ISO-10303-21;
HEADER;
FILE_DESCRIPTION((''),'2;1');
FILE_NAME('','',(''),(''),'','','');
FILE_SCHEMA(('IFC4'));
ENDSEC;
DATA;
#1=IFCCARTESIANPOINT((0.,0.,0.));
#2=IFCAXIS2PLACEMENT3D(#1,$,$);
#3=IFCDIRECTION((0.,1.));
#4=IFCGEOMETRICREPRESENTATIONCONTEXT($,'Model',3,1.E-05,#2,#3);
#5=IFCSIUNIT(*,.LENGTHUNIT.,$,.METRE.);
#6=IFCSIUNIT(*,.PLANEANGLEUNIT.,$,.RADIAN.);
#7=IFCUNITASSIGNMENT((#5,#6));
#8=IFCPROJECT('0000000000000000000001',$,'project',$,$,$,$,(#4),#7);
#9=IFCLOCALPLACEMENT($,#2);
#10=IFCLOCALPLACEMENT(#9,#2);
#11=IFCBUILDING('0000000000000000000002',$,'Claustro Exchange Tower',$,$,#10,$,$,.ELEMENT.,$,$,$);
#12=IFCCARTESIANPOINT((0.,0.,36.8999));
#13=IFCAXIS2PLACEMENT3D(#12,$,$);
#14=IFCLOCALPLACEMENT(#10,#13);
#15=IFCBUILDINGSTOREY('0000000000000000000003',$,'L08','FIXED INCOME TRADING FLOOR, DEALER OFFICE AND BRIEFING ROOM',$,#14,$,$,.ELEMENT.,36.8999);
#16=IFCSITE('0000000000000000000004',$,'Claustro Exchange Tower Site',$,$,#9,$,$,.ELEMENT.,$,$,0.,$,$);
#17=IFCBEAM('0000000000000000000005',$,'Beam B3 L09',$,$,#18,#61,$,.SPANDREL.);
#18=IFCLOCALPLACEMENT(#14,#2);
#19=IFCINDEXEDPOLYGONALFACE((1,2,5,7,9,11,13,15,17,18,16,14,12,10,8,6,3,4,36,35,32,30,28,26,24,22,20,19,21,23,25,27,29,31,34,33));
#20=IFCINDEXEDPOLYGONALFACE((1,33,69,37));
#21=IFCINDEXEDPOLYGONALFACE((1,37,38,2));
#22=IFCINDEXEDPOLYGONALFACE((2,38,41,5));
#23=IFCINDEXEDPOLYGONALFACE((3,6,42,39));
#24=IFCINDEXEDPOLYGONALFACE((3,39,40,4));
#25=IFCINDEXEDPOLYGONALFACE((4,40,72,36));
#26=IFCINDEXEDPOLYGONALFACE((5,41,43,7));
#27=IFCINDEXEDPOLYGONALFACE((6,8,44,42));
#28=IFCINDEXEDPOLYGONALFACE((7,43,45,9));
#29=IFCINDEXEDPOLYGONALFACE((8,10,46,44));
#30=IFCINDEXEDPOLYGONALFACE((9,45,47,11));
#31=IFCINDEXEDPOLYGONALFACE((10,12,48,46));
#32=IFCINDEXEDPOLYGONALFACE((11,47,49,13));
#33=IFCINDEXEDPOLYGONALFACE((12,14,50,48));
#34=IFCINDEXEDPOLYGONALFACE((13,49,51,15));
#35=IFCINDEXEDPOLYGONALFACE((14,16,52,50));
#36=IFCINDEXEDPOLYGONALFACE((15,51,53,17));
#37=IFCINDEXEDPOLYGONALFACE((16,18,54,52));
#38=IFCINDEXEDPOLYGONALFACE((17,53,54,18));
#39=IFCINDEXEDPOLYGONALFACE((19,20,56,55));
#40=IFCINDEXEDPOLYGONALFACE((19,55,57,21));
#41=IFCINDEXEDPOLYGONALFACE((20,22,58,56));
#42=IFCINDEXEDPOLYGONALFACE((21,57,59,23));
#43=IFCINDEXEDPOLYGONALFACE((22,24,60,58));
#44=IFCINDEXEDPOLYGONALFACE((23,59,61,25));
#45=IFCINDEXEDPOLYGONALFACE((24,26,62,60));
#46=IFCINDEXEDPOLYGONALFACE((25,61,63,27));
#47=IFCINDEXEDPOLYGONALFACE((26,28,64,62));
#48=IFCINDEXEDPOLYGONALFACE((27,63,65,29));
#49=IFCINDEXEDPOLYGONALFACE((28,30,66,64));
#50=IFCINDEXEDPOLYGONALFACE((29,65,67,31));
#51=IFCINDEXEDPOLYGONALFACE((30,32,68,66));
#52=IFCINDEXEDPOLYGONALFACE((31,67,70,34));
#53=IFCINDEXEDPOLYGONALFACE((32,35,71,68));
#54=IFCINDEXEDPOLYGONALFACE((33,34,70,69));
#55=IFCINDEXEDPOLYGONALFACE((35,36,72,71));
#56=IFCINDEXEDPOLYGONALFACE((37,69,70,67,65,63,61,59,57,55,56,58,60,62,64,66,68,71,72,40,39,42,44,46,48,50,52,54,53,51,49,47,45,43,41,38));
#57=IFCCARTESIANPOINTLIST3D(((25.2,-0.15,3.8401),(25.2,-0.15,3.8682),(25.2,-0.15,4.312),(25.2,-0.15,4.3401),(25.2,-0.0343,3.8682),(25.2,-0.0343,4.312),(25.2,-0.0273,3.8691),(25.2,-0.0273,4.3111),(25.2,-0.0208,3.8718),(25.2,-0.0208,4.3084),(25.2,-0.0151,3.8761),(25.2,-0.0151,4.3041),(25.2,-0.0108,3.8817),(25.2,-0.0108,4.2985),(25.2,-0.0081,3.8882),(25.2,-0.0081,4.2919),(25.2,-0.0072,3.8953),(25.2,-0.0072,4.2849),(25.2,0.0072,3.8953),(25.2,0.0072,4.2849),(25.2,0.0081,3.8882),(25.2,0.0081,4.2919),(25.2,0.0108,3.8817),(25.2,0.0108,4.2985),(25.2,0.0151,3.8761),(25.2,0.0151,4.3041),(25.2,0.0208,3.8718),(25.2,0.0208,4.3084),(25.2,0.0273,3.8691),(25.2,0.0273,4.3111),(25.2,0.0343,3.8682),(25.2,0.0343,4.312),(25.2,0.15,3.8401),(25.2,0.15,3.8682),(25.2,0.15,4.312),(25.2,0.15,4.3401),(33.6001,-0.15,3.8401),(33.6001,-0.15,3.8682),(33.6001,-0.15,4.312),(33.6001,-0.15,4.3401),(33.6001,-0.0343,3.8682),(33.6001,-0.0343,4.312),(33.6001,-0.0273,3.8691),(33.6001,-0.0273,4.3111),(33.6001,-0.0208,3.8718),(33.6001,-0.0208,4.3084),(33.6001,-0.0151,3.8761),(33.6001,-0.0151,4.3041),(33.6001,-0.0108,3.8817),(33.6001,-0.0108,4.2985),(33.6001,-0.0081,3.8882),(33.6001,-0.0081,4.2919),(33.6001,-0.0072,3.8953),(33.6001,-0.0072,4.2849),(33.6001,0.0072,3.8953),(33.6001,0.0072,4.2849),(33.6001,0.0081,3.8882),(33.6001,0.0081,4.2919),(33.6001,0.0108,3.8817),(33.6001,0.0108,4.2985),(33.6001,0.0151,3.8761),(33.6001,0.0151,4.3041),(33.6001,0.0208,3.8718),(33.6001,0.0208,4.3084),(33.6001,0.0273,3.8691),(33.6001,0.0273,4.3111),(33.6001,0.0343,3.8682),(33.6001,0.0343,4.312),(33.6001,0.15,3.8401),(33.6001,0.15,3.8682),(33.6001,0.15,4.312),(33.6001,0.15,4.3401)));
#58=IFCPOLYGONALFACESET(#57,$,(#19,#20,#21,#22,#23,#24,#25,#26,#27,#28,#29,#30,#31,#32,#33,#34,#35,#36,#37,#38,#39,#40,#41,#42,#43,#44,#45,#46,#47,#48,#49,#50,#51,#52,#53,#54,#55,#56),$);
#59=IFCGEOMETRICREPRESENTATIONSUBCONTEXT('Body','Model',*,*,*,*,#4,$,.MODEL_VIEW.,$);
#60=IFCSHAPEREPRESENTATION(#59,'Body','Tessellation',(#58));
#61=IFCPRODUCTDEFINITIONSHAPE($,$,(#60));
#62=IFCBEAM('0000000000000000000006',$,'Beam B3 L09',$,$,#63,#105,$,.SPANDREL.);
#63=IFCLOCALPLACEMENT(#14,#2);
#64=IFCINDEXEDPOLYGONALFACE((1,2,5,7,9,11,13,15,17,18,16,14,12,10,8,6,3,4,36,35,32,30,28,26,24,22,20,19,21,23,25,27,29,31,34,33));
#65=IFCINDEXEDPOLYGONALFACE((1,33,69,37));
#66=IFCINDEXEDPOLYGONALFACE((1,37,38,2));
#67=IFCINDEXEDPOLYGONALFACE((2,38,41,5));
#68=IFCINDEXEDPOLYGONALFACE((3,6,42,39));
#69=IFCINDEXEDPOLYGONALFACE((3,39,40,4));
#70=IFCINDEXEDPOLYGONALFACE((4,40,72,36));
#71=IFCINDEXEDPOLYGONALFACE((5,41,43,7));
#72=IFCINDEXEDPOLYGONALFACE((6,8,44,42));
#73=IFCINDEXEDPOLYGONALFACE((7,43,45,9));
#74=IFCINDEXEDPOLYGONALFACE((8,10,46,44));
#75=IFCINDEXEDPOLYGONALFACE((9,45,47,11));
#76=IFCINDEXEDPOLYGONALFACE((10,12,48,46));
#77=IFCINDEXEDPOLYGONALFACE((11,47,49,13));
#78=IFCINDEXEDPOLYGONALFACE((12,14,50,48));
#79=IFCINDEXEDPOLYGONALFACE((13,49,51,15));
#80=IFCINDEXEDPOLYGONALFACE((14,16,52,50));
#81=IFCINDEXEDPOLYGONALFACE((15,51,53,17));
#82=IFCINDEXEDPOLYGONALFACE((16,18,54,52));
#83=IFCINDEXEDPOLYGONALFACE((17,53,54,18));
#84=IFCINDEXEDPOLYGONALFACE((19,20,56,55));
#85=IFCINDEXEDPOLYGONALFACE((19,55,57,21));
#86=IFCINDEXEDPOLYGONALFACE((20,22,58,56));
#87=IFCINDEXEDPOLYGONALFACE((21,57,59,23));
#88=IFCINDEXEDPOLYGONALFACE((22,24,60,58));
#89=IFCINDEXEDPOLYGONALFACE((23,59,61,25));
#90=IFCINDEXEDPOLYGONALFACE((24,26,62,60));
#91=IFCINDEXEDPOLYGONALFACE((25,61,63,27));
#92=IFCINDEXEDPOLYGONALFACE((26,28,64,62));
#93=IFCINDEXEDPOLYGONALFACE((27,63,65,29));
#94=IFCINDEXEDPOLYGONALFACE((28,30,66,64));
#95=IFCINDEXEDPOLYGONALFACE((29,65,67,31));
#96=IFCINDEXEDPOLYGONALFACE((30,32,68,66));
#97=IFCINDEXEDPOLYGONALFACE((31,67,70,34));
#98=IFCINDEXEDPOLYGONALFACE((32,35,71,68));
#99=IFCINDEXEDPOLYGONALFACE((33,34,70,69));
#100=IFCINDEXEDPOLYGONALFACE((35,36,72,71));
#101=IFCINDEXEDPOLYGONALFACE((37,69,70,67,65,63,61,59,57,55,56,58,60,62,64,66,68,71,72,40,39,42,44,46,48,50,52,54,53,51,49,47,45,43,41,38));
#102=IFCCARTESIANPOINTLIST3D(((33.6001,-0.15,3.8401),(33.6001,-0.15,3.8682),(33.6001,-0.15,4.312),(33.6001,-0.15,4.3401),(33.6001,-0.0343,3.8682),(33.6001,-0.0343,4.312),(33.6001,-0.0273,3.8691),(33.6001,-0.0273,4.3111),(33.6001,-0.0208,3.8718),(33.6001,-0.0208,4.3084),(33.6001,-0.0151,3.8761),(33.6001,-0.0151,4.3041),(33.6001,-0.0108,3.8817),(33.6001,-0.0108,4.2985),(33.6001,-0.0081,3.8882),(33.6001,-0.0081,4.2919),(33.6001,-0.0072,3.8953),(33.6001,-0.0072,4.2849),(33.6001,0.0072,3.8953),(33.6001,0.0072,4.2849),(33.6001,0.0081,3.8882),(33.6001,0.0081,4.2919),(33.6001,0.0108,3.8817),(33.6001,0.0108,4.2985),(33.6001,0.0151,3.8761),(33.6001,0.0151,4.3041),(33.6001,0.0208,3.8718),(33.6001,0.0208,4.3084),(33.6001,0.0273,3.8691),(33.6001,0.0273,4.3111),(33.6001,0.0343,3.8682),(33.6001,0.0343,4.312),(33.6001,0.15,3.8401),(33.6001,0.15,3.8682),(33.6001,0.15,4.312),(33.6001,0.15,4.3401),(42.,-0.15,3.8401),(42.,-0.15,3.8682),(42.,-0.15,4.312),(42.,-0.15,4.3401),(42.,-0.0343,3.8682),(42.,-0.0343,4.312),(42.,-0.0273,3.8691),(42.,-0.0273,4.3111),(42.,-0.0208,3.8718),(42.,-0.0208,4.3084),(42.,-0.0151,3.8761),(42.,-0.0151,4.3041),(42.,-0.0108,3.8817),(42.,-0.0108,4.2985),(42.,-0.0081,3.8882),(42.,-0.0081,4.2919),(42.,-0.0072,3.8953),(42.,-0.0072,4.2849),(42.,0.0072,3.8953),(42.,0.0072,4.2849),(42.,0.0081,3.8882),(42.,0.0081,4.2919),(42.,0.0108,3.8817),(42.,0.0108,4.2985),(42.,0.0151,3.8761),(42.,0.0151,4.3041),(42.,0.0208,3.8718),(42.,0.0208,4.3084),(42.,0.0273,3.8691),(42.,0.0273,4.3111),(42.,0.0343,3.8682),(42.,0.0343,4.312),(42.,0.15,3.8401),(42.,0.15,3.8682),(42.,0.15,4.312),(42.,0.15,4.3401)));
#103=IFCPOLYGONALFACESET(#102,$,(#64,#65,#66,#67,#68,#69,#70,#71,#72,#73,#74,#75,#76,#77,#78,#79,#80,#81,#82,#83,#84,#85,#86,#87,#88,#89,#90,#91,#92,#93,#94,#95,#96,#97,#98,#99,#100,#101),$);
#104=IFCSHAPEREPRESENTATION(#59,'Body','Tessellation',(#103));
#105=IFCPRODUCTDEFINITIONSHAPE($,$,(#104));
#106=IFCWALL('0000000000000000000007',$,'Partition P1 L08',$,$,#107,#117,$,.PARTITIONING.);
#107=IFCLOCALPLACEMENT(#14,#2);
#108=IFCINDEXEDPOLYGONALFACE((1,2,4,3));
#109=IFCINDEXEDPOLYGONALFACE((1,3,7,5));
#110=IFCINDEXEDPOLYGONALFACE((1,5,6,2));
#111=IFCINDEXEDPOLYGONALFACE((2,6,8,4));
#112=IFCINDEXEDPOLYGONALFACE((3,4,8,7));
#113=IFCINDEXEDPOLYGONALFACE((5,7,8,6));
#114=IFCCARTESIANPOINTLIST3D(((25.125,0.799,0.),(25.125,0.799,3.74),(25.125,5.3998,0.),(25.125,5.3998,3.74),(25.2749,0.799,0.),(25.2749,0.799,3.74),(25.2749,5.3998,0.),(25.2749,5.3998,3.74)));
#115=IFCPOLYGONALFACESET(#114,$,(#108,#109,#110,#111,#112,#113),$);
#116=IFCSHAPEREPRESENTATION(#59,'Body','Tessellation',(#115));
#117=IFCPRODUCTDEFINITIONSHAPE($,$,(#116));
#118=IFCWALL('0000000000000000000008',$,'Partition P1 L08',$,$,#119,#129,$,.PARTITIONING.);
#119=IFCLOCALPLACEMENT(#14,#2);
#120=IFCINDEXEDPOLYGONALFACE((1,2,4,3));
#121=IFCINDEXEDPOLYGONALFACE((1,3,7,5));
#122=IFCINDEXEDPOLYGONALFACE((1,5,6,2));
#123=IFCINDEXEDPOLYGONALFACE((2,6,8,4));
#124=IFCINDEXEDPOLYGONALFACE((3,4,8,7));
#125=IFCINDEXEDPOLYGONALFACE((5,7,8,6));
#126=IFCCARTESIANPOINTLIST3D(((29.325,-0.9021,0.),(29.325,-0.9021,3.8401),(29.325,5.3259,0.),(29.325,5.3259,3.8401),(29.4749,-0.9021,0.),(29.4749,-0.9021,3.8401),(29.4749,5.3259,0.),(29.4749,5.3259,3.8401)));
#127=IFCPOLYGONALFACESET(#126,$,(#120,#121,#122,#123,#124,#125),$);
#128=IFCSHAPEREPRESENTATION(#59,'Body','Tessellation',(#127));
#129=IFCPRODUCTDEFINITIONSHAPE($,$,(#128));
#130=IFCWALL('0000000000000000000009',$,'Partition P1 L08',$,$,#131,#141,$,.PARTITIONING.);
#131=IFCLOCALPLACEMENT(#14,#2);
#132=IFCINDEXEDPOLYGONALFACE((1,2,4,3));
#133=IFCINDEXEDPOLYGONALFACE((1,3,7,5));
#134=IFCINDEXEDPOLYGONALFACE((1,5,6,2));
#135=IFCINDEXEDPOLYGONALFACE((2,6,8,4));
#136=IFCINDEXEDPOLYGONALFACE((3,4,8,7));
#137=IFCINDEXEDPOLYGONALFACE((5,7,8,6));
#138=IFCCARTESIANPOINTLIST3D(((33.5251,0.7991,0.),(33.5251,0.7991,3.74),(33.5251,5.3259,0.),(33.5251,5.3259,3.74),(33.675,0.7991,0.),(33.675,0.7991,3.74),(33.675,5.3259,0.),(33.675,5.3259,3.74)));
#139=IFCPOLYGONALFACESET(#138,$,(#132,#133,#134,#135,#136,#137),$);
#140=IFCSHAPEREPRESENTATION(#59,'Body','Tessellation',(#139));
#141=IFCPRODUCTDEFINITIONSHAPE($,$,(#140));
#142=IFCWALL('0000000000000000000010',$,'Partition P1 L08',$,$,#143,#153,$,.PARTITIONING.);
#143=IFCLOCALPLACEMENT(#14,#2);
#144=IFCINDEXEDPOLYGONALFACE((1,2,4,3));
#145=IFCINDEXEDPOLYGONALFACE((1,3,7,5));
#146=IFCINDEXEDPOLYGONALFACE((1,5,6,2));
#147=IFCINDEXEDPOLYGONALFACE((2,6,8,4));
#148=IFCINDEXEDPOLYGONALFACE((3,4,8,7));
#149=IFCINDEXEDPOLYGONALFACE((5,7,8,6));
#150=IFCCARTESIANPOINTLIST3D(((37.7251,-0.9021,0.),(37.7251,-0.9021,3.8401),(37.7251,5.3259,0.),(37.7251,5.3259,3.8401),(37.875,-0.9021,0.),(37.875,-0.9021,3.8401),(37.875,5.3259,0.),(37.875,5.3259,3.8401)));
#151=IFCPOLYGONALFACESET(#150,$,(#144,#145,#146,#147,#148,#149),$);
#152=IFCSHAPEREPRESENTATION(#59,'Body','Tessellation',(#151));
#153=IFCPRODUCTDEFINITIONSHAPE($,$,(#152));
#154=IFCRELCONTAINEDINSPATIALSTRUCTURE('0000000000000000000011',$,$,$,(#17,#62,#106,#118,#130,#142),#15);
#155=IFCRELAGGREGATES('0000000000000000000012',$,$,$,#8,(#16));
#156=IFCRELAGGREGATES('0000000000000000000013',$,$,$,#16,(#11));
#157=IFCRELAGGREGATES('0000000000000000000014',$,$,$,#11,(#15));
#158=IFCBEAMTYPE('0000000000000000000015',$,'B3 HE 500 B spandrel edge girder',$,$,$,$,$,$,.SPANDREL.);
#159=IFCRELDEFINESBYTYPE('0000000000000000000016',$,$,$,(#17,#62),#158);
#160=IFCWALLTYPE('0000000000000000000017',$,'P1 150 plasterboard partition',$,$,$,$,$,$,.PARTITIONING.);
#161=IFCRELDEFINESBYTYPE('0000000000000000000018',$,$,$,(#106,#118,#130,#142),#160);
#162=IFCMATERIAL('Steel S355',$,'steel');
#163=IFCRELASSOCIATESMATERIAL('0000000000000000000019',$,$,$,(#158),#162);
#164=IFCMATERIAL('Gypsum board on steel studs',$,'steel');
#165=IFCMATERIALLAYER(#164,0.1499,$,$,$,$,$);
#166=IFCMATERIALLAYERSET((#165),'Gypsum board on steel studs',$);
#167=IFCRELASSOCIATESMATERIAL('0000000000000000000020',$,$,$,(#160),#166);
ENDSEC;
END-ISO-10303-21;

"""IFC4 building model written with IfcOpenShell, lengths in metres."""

from ifc_helpers import new_model, si_unit, direction, frame, frame_2d, origin, origin_2d, place, context, subcontext, project, spatial, rectangle, i_section, extrude, material, layer, layer_set, material_profile, profile_set, type_object, element, save


model = new_model("IFC4")

# Units and contexts
model_context = context("Model", 3, precision=1e-05, world=origin(), true_north=direction((0.0, 1.0)))
body_context = subcontext(model_context, "Body", "Model", "MODEL_VIEW")
ifc_project = project(units=[si_unit("LENGTHUNIT", "METRE"), si_unit("PLANEANGLEUNIT", "RADIAN")], contexts=[model_context])

# Site, building, storey
site_placement = place(None, origin())
site = spatial("IfcSite", under=ifc_project, at=site_placement, Name="Claustro Exchange Tower Site", CompositionType="ELEMENT", RefElevation=0.0)
building_placement = place(site_placement, origin())
building = spatial("IfcBuilding", under=site, at=building_placement, Name="Claustro Exchange Tower", CompositionType="ELEMENT")
storey_placement = place(building_placement, frame((0.0, 0.0, 36.8999)))
storey = spatial("IfcBuildingStorey", under=building, at=storey_placement, Name="L08", Description="FIXED INCOME TRADING FLOOR, DEALER OFFICE AND BRIEFING ROOM", CompositionType="ELEMENT", Elevation=36.8999)

# Beams
ifc_material_1 = material(Name="Steel S355", Category="steel")
ifc_material_profile_1 = material_profile(ifc_material_1, i_section(OverallWidth=0.3, OverallDepth=0.5, WebThickness=0.0144, FlangeThickness=0.0281, FilletRadius=0.0271, at=origin_2d()), Name="HE 500 B")
ifc_profile_set_1 = profile_set([ifc_material_profile_1], Name="Steel S355")
beam_type_1 = type_object("IfcBeamType", Name="B3 HE 500 B spandrel edge girder", PredefinedType="SPANDREL", material=ifc_profile_set_1)
beam_1_placement = place(storey_placement, frame((25.2, 0.0, 4.0901), z_axis=(1.0, 0.0, 0.0), x_axis=(0.0, 1.0, 0.0)))
element("IfcBeam", 1, at=beam_1_placement, inside=storey, type_object=beam_type_1, Name="Beam B3 L09", PredefinedType="SPANDREL", context=body_context, shape_type="SweptSolid", body=[
    extrude(i_section(OverallWidth=0.3, OverallDepth=0.5, WebThickness=0.0144, FlangeThickness=0.0281, FilletRadius=0.0271, at=origin_2d()), origin(), (0.0, 0.0, 1.0), 8.4001),
])
beam_2_placement = place(storey_placement, frame((33.6001, 0.0, 4.0901), z_axis=(1.0, 0.0, 0.0), x_axis=(0.0, 1.0, 0.0)))
element("IfcBeam", 2, at=beam_2_placement, inside=storey, type_object=beam_type_1, Name="Beam B3 L09", PredefinedType="SPANDREL", context=body_context, shape_type="SweptSolid", body=[
    extrude(i_section(OverallWidth=0.3, OverallDepth=0.5, WebThickness=0.0144, FlangeThickness=0.0281, FilletRadius=0.0271, at=origin_2d()), origin(), (0.0, 0.0, 1.0), 8.3999),
])

# Walls
ifc_material_2 = material(Name="Gypsum board on steel studs", Category="steel")
ifc_layer_1 = layer(ifc_material_2, 0.1499)
ifc_layer_set_1 = layer_set([ifc_layer_1], Name="Gypsum board on steel studs")
wall_type_1 = type_object("IfcWallType", Name="P1 150 plasterboard partition", PredefinedType="PARTITIONING", material=ifc_layer_set_1)
wall_1_placement = place(storey_placement, frame((25.2, 0.7991, 0.0), z_axis=(0.0, 0.0, 1.0), x_axis=(0.0, 1.0, 0.0)))
element("IfcWall", 3, at=wall_1_placement, inside=storey, type_object=wall_type_1, Name="Partition P1 L08", PredefinedType="PARTITIONING", context=body_context, shape_type="SweptSolid", body=[
    extrude(rectangle(XDim=4.6008, YDim=0.1499, at=frame_2d((2.3003, 0.0))), origin(), (0.0, 0.0, 1.0), 3.74),
])
wall_2_placement = place(storey_placement, frame((29.3999, -0.9021, 0.0), z_axis=(0.0, 0.0, 1.0), x_axis=(0.0, 1.0, 0.0)))
element("IfcWall", 4, at=wall_2_placement, inside=storey, type_object=wall_type_1, Name="Partition P1 L08", PredefinedType="PARTITIONING", context=body_context, shape_type="SweptSolid", body=[
    extrude(rectangle(XDim=6.228, YDim=0.1499, at=frame_2d((3.114, 0.0))), origin(), (0.0, 0.0, 1.0), 3.8401),
])
wall_3_placement = place(storey_placement, frame((33.6001, 0.7991, 0.0), z_axis=(0.0, 0.0, 1.0), x_axis=(0.0, 1.0, 0.0)))
element("IfcWall", 5, at=wall_3_placement, inside=storey, type_object=wall_type_1, Name="Partition P1 L08", PredefinedType="PARTITIONING", context=body_context, shape_type="SweptSolid", body=[
    extrude(rectangle(XDim=4.5269, YDim=0.1499, at=frame_2d((2.2634, 0.0))), origin(), (0.0, 0.0, 1.0), 3.74),
])
wall_4_placement = place(storey_placement, frame((37.8, -0.9021, 0.0), z_axis=(0.0, 0.0, 1.0), x_axis=(0.0, 1.0, 0.0)))
element("IfcWall", 6, at=wall_4_placement, inside=storey, type_object=wall_type_1, Name="Partition P1 L08", PredefinedType="PARTITIONING", context=body_context, shape_type="SweptSolid", body=[
    extrude(rectangle(XDim=6.228, YDim=0.1499, at=frame_2d((3.114, 0.0))), origin(), (0.0, 0.0, 1.0), 3.8401),
])

save(model, "model.ifc")
